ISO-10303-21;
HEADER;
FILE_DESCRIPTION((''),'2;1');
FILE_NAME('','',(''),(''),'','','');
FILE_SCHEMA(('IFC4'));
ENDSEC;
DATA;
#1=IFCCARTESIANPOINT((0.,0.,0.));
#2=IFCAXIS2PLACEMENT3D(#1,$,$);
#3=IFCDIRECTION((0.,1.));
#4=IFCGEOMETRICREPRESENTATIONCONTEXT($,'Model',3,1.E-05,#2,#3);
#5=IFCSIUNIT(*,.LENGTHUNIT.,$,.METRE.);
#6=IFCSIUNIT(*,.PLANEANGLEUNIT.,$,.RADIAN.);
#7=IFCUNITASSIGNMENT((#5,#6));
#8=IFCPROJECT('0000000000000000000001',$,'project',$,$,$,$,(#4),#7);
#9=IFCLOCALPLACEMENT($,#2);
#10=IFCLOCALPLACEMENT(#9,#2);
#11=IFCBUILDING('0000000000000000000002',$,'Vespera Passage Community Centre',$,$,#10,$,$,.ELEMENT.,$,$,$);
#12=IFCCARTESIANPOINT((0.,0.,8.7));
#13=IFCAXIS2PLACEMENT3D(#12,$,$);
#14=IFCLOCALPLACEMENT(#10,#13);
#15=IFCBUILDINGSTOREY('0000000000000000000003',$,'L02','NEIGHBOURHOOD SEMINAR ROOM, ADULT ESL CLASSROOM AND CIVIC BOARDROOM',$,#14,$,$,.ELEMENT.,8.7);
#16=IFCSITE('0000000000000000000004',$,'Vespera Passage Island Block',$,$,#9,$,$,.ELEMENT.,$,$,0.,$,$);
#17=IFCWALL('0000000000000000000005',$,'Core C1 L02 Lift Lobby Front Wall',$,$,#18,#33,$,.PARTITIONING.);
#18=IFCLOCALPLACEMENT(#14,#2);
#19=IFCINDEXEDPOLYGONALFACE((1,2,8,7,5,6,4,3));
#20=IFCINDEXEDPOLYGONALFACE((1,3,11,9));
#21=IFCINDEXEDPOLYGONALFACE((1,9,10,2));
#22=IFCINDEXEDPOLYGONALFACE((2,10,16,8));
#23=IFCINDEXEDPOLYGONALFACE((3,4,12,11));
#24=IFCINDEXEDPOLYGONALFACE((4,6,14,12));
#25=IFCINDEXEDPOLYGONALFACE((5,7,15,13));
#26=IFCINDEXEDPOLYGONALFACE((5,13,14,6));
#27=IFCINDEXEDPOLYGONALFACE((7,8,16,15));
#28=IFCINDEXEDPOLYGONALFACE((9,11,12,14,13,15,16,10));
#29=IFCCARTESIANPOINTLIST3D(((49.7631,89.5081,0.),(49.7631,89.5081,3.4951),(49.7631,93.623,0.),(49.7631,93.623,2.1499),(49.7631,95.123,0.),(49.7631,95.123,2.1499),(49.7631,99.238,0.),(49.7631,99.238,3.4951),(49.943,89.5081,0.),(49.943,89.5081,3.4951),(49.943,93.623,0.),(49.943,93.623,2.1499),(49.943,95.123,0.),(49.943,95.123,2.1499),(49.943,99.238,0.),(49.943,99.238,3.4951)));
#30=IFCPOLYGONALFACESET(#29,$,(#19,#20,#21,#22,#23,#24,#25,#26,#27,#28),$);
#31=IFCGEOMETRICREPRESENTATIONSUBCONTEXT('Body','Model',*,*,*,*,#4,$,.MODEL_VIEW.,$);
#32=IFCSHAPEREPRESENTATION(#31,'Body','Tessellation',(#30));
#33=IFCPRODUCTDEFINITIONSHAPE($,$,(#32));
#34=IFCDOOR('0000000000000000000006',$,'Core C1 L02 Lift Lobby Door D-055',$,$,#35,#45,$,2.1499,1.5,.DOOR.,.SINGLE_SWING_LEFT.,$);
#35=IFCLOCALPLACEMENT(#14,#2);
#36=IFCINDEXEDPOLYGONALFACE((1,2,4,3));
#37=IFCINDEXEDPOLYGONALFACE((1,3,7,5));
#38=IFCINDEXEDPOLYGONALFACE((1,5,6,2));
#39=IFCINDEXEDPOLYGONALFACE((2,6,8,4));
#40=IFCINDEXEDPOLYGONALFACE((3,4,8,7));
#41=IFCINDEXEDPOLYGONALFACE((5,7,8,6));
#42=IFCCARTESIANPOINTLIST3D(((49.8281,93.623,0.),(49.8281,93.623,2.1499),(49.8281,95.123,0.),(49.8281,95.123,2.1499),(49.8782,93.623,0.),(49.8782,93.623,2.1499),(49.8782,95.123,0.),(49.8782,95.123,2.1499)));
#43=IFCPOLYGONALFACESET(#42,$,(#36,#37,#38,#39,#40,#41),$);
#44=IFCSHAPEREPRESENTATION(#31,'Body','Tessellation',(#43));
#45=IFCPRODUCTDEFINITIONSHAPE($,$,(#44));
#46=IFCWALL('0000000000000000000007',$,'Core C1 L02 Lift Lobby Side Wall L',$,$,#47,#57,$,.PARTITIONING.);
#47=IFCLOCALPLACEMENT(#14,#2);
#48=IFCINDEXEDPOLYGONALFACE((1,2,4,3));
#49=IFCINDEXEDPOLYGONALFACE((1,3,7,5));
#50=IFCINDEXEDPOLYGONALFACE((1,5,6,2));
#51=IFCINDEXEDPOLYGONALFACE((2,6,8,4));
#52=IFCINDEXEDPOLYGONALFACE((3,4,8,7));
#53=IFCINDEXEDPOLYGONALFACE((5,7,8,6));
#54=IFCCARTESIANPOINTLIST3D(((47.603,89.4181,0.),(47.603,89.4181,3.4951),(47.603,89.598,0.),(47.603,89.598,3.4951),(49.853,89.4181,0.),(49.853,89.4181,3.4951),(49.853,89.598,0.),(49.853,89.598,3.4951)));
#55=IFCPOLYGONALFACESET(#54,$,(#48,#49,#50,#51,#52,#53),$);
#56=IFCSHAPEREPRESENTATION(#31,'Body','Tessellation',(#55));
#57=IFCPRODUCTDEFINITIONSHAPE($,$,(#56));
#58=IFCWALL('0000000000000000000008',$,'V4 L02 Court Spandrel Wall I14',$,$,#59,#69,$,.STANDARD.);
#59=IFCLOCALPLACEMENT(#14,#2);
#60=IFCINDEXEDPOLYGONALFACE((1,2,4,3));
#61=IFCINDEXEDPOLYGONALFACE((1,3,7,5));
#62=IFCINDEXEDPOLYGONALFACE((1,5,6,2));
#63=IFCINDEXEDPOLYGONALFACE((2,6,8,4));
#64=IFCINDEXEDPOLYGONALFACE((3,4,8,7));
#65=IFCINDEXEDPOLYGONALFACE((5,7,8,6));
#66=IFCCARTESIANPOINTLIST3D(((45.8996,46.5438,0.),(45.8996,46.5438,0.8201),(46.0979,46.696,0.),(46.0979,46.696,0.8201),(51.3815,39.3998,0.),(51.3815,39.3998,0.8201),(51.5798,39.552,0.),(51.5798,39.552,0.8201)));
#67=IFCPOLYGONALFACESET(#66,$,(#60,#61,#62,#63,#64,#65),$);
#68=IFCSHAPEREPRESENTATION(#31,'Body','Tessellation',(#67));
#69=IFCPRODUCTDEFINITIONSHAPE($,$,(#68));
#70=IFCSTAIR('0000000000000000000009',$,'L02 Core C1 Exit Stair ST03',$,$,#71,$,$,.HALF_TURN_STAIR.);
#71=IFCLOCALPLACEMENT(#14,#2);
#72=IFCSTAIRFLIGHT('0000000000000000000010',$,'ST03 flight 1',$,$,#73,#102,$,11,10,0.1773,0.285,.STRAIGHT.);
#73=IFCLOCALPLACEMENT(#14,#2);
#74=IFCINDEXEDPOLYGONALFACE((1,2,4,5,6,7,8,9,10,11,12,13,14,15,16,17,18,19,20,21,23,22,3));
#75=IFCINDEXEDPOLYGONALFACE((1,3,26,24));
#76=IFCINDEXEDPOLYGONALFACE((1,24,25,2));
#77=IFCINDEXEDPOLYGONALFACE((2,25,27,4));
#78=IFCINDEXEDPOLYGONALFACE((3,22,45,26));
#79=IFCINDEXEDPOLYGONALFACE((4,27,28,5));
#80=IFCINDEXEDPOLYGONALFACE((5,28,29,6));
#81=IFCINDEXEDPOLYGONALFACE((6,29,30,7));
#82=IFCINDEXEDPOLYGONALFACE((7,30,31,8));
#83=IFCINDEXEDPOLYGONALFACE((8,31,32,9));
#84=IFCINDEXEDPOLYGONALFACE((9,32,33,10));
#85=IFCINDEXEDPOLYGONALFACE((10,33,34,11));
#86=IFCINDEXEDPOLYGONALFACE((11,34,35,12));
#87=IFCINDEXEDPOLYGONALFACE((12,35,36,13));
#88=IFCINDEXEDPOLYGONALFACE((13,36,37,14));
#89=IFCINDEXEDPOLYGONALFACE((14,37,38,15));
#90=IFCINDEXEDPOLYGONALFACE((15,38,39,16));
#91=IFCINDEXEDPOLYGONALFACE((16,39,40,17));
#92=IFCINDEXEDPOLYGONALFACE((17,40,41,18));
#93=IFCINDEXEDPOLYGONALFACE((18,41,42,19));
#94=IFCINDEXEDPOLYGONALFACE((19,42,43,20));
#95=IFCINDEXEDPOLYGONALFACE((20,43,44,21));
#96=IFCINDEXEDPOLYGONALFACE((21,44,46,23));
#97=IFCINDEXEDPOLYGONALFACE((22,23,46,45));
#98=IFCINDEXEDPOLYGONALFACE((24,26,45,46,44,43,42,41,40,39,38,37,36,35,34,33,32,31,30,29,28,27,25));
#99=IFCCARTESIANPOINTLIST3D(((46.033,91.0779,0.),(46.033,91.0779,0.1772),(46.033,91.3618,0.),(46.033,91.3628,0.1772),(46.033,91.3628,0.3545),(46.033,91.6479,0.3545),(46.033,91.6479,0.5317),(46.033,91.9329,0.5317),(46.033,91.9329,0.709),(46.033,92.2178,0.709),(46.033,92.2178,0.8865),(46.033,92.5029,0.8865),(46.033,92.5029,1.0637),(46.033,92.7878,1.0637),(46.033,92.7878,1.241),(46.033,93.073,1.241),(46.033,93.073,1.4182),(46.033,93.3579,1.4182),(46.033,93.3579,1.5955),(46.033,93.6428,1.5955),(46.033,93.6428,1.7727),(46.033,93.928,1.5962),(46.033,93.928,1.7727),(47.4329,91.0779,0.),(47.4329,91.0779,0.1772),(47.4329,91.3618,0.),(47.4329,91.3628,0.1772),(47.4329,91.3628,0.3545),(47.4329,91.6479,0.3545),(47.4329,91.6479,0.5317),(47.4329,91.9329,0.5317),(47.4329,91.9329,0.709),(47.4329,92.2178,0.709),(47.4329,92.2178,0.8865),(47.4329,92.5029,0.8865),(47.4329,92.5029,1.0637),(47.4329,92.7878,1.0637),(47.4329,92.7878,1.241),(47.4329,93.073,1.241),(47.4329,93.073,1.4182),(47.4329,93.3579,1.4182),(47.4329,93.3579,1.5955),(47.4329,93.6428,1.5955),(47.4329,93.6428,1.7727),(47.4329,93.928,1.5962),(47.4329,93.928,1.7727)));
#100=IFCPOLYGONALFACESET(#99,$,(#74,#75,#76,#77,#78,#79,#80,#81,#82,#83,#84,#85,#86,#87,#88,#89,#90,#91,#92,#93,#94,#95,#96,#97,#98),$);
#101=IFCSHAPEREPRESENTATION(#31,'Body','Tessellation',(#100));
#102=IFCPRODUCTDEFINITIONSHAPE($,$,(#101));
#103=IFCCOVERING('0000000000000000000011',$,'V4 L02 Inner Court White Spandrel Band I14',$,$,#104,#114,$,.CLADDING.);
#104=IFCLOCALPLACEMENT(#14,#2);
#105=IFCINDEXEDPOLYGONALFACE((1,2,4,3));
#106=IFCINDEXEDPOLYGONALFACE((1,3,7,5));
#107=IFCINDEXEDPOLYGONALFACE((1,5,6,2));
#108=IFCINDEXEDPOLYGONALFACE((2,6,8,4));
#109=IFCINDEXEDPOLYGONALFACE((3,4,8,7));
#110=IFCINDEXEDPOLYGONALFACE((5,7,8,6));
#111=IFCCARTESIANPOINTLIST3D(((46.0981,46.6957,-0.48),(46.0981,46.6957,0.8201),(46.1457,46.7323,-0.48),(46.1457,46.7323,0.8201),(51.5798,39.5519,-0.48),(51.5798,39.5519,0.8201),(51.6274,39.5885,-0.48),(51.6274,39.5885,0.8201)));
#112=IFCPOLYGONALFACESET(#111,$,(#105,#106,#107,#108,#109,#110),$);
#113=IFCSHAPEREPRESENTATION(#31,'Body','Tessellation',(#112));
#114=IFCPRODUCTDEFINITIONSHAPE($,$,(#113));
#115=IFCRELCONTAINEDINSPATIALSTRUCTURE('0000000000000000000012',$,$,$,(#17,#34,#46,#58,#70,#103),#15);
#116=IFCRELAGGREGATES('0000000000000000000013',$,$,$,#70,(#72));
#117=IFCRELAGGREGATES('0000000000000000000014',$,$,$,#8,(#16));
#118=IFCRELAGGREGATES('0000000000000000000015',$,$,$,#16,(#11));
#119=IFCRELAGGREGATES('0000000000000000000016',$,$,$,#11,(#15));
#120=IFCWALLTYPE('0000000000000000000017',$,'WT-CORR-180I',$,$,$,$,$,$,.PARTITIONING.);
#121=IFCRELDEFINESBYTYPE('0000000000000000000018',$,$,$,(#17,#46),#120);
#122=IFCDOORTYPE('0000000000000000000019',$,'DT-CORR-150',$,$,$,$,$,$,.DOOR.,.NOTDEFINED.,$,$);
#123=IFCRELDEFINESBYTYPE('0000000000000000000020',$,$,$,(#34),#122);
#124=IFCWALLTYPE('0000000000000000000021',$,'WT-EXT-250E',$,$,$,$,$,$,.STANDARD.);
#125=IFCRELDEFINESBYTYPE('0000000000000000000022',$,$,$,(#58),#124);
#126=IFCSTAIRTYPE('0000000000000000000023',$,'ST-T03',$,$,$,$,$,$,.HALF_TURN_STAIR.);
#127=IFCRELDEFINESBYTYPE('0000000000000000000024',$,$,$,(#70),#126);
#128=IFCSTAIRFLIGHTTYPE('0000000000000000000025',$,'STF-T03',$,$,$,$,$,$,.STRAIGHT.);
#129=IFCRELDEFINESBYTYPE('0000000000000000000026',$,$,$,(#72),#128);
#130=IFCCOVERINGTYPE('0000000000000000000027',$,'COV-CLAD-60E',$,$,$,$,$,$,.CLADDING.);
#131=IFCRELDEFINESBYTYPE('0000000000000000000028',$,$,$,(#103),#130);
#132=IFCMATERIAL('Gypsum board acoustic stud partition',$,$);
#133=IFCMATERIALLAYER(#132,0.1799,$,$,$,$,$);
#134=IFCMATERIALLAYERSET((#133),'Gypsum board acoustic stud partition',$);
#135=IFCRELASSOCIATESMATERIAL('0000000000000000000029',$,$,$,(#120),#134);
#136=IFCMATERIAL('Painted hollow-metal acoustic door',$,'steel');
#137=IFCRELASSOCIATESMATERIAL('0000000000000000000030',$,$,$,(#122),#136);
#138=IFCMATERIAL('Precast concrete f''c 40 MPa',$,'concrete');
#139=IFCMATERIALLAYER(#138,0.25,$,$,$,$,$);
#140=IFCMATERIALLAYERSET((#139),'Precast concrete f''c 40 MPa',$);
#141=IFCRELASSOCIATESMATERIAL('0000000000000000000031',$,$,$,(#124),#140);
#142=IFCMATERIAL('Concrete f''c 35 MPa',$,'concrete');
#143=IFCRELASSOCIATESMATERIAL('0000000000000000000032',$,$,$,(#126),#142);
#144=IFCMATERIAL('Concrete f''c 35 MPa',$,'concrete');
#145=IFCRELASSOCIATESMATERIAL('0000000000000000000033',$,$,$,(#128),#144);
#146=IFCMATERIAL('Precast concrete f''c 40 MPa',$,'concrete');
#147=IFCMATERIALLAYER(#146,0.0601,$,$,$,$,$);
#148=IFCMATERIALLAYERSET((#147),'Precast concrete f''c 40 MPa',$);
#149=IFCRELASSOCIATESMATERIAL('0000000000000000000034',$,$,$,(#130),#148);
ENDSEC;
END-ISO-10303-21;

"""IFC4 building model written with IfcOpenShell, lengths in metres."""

from ifc_helpers import new_model, si_unit, direction, frame, frame_2d, origin, place, context, subcontext, project, spatial, polyline, rectangle, outline, extrude, material, layer, layer_set, type_object, element, fill, aggregate, save


model = new_model("IFC4")

# Units and contexts
model_context = context("Model", 3, precision=1e-05, world=origin(), true_north=direction((0.0, 1.0)))
body_context = subcontext(model_context, "Body", "Model", "MODEL_VIEW")
ifc_project = project(units=[si_unit("LENGTHUNIT", "METRE"), si_unit("PLANEANGLEUNIT", "RADIAN")], contexts=[model_context])

# Site, building, storey
site_placement = place(None, origin())
site = spatial("IfcSite", under=ifc_project, at=site_placement, Name="Vespera Passage Island Block", CompositionType="ELEMENT", RefElevation=0.0)
building_placement = place(site_placement, origin())
building = spatial("IfcBuilding", under=site, at=building_placement, Name="Vespera Passage Community Centre", CompositionType="ELEMENT")
storey_placement = place(building_placement, frame((0.0, 0.0, 8.7)))
storey = spatial("IfcBuildingStorey", under=building, at=storey_placement, Name="L02", Description="NEIGHBOURHOOD SEMINAR ROOM, ADULT ESL CLASSROOM AND CIVIC BOARDROOM", CompositionType="ELEMENT", Elevation=8.7)

# Wall, opening, door
ifc_material_1 = material(Name="Gypsum board acoustic stud partition")
ifc_layer_1 = layer(ifc_material_1, 0.1799)
ifc_layer_set_1 = layer_set([ifc_layer_1], Name="Gypsum board acoustic stud partition")
wall_type_1 = type_object("IfcWallType", Name="WT-CORR-180I", PredefinedType="PARTITIONING", material=ifc_layer_set_1)
wall_1_placement = place(storey_placement, frame((49.853, 89.5081, 0.0), z_axis=(0.0, 0.0, 1.0), x_axis=(0.0, 1.0, 0.0)))
wall_1 = element("IfcWall", 1, at=wall_1_placement, inside=storey, type_object=wall_type_1, Name="Core C1 L02 Lift Lobby Front Wall", PredefinedType="PARTITIONING", context=body_context, shape_type="SweptSolid", body=[
    extrude(rectangle(XDim=9.73, YDim=0.1799, at=frame_2d((4.865, 0.0))), origin(), (0.0, 0.0, 1.0), 3.4951),
])
opening_placement = place(wall_1_placement, frame((4.115, 0.0, 0.0)))
opening = element("IfcOpeningElement", 2, at=opening_placement, cuts=wall_1, PredefinedType="OPENING", context=body_context, shape_type="SweptSolid", body=[
    extrude(rectangle(XDim=1.5, YDim=2.1499, at=frame_2d((0.75, 1.075))), frame((0.0, 0.0999, 0.0), z_axis=(0.0, -1.0, 0.0), x_axis=(1.0, 0.0, 0.0)), (0.0, 0.0, 1.0), 0.2),
])
ifc_material_2 = material(Name="Painted hollow-metal acoustic door", Category="steel")
door_type = type_object("IfcDoorType", Name="DT-CORR-150", OperationType="NOTDEFINED", PredefinedType="DOOR", material=ifc_material_2)
door_placement = place(opening_placement, origin())
door = element("IfcDoor", 3, at=door_placement, inside=storey, type_object=door_type, Name="Core C1 L02 Lift Lobby Door D-055", OperationType="SINGLE_SWING_LEFT", OverallHeight=2.1499, OverallWidth=1.5, PredefinedType="DOOR", context=body_context, shape_type="SweptSolid", body=[
    extrude(rectangle(XDim=1.5, YDim=2.1499, at=frame_2d((0.75, 1.075))), frame((0.0, 0.0249, 0.0), z_axis=(0.0, -1.0, 0.0), x_axis=(1.0, 0.0, 0.0)), (0.0, 0.0, 1.0), 0.05),
])
fill(opening, door)

# Walls
wall_2_placement = place(storey_placement, frame((47.603, 89.5081, 0.0), z_axis=(0.0, 0.0, 1.0), x_axis=(1.0, 0.0, 0.0)))
element("IfcWall", 4, at=wall_2_placement, inside=storey, type_object=wall_type_1, Name="Core C1 L02 Lift Lobby Side Wall L", PredefinedType="PARTITIONING", context=body_context, shape_type="SweptSolid", body=[
    extrude(rectangle(XDim=2.25, YDim=0.1799, at=frame_2d((1.125, 0.0))), origin(), (0.0, 0.0, 1.0), 3.4951),
])
ifc_material_3 = material(Name="Precast concrete f'c 40 MPa", Category="concrete")
ifc_layer_2 = layer(ifc_material_3, 0.25)
ifc_layer_set_2 = layer_set([ifc_layer_2], Name="Precast concrete f'c 40 MPa")
wall_type_2 = type_object("IfcWallType", Name="WT-EXT-250E", PredefinedType="STANDARD", material=ifc_layer_set_2)
wall_3_placement = place(storey_placement, frame((45.9988, 46.6199, 0.0), z_axis=(0.0, 0.0, 1.0), x_axis=(0.60877, -0.793347, 0.0)))
element("IfcWall", 5, at=wall_3_placement, inside=storey, type_object=wall_type_2, Name="V4 L02 Court Spandrel Wall I14", PredefinedType="STANDARD", context=body_context, shape_type="SweptSolid", body=[
    extrude(rectangle(XDim=9.0049, YDim=0.25, at=frame_2d((4.5024, 0.0))), origin(), (0.0, 0.0, 1.0), 0.8201),
])

# Stair, stair flight
ifc_material_4 = material(Name="Concrete f'c 35 MPa", Category="concrete")
stair_type = type_object("IfcStairType", Name="ST-T03", PredefinedType="HALF_TURN_STAIR", material=ifc_material_4)
stair_placement = place(storey_placement, origin())
stair = element("IfcStair", 6, at=stair_placement, inside=storey, type_object=stair_type, Name="L02 Core C1 Exit Stair ST03", PredefinedType="HALF_TURN_STAIR")
ifc_material_5 = material(Name="Concrete f'c 35 MPa", Category="concrete")
stair_flight_type = type_object("IfcStairFlightType", Name="STF-T03", PredefinedType="STRAIGHT", material=ifc_material_5)
stair_flight_placement = place(storey_placement, frame((46.7329, 91.0779, 0.0), z_axis=(0.0, 0.0, 1.0), x_axis=(0.0, 1.0, 0.0)))
stair_flight = element("IfcStairFlight", 7, at=stair_flight_placement, type_object=stair_flight_type, Name="ST03 flight 1", NumberOfRisers=11, NumberOfTreads=10, PredefinedType="STRAIGHT", RiserHeight=0.1773, TreadLength=0.285, context=body_context, shape_type="SweptSolid", body=[
    extrude(outline(polyline([(0.0, 0.0), (0.0, 0.1772), (0.2849, 0.1772), (0.2849, 0.3545), (0.5701, 0.3545), (0.5701, 0.5317), (0.855, 0.5317), (0.855, 0.709), (1.1399, 0.709), (1.1399, 0.8865), (1.425, 0.8865), (1.425, 1.0637), (1.71, 1.0637), (1.71, 1.241), (1.9951, 1.241), (1.9951, 1.4182), (2.28, 1.4182), (2.28, 1.5955), (2.5649, 1.5955), (2.5649, 1.7727), (2.8501, 1.7727), (2.8501, 1.95), (2.8501, 1.5962), (0.2839, 0.0), (0.0, 0.0)])), frame((0.0, 0.7, 0.0), z_axis=(0.0, -1.0, 0.0), x_axis=(1.0, 0.0, 0.0)), (0.0, 0.0, 1.0), 1.3999),
])
aggregate(stair, [stair_flight])

# Covering
ifc_material_6 = material(Name="Precast concrete f'c 40 MPa", Category="concrete")
ifc_layer_3 = layer(ifc_material_6, 0.0601)
ifc_layer_set_3 = layer_set([ifc_layer_3], Name="Precast concrete f'c 40 MPa")
covering_type = type_object("IfcCoveringType", Name="COV-CLAD-60E", PredefinedType="CLADDING", material=ifc_layer_set_3)
covering_placement = place(storey_placement, frame((46.1218, 46.7141, -0.48), z_axis=(0.0, 0.0, 1.0), x_axis=(0.608766, -0.79335, 0.0)))
element("IfcCovering", 8, at=covering_placement, inside=storey, type_object=covering_type, Name="V4 L02 Inner Court White Spandrel Band I14", PredefinedType="CLADDING", context=body_context, shape_type="SweptSolid", body=[
    extrude(rectangle(XDim=9.0046, YDim=0.0601, at=frame_2d((4.5024, 0.0))), origin(), (0.0, 0.0, 1.0), 1.3),
])

save(model, "model.ifc")
